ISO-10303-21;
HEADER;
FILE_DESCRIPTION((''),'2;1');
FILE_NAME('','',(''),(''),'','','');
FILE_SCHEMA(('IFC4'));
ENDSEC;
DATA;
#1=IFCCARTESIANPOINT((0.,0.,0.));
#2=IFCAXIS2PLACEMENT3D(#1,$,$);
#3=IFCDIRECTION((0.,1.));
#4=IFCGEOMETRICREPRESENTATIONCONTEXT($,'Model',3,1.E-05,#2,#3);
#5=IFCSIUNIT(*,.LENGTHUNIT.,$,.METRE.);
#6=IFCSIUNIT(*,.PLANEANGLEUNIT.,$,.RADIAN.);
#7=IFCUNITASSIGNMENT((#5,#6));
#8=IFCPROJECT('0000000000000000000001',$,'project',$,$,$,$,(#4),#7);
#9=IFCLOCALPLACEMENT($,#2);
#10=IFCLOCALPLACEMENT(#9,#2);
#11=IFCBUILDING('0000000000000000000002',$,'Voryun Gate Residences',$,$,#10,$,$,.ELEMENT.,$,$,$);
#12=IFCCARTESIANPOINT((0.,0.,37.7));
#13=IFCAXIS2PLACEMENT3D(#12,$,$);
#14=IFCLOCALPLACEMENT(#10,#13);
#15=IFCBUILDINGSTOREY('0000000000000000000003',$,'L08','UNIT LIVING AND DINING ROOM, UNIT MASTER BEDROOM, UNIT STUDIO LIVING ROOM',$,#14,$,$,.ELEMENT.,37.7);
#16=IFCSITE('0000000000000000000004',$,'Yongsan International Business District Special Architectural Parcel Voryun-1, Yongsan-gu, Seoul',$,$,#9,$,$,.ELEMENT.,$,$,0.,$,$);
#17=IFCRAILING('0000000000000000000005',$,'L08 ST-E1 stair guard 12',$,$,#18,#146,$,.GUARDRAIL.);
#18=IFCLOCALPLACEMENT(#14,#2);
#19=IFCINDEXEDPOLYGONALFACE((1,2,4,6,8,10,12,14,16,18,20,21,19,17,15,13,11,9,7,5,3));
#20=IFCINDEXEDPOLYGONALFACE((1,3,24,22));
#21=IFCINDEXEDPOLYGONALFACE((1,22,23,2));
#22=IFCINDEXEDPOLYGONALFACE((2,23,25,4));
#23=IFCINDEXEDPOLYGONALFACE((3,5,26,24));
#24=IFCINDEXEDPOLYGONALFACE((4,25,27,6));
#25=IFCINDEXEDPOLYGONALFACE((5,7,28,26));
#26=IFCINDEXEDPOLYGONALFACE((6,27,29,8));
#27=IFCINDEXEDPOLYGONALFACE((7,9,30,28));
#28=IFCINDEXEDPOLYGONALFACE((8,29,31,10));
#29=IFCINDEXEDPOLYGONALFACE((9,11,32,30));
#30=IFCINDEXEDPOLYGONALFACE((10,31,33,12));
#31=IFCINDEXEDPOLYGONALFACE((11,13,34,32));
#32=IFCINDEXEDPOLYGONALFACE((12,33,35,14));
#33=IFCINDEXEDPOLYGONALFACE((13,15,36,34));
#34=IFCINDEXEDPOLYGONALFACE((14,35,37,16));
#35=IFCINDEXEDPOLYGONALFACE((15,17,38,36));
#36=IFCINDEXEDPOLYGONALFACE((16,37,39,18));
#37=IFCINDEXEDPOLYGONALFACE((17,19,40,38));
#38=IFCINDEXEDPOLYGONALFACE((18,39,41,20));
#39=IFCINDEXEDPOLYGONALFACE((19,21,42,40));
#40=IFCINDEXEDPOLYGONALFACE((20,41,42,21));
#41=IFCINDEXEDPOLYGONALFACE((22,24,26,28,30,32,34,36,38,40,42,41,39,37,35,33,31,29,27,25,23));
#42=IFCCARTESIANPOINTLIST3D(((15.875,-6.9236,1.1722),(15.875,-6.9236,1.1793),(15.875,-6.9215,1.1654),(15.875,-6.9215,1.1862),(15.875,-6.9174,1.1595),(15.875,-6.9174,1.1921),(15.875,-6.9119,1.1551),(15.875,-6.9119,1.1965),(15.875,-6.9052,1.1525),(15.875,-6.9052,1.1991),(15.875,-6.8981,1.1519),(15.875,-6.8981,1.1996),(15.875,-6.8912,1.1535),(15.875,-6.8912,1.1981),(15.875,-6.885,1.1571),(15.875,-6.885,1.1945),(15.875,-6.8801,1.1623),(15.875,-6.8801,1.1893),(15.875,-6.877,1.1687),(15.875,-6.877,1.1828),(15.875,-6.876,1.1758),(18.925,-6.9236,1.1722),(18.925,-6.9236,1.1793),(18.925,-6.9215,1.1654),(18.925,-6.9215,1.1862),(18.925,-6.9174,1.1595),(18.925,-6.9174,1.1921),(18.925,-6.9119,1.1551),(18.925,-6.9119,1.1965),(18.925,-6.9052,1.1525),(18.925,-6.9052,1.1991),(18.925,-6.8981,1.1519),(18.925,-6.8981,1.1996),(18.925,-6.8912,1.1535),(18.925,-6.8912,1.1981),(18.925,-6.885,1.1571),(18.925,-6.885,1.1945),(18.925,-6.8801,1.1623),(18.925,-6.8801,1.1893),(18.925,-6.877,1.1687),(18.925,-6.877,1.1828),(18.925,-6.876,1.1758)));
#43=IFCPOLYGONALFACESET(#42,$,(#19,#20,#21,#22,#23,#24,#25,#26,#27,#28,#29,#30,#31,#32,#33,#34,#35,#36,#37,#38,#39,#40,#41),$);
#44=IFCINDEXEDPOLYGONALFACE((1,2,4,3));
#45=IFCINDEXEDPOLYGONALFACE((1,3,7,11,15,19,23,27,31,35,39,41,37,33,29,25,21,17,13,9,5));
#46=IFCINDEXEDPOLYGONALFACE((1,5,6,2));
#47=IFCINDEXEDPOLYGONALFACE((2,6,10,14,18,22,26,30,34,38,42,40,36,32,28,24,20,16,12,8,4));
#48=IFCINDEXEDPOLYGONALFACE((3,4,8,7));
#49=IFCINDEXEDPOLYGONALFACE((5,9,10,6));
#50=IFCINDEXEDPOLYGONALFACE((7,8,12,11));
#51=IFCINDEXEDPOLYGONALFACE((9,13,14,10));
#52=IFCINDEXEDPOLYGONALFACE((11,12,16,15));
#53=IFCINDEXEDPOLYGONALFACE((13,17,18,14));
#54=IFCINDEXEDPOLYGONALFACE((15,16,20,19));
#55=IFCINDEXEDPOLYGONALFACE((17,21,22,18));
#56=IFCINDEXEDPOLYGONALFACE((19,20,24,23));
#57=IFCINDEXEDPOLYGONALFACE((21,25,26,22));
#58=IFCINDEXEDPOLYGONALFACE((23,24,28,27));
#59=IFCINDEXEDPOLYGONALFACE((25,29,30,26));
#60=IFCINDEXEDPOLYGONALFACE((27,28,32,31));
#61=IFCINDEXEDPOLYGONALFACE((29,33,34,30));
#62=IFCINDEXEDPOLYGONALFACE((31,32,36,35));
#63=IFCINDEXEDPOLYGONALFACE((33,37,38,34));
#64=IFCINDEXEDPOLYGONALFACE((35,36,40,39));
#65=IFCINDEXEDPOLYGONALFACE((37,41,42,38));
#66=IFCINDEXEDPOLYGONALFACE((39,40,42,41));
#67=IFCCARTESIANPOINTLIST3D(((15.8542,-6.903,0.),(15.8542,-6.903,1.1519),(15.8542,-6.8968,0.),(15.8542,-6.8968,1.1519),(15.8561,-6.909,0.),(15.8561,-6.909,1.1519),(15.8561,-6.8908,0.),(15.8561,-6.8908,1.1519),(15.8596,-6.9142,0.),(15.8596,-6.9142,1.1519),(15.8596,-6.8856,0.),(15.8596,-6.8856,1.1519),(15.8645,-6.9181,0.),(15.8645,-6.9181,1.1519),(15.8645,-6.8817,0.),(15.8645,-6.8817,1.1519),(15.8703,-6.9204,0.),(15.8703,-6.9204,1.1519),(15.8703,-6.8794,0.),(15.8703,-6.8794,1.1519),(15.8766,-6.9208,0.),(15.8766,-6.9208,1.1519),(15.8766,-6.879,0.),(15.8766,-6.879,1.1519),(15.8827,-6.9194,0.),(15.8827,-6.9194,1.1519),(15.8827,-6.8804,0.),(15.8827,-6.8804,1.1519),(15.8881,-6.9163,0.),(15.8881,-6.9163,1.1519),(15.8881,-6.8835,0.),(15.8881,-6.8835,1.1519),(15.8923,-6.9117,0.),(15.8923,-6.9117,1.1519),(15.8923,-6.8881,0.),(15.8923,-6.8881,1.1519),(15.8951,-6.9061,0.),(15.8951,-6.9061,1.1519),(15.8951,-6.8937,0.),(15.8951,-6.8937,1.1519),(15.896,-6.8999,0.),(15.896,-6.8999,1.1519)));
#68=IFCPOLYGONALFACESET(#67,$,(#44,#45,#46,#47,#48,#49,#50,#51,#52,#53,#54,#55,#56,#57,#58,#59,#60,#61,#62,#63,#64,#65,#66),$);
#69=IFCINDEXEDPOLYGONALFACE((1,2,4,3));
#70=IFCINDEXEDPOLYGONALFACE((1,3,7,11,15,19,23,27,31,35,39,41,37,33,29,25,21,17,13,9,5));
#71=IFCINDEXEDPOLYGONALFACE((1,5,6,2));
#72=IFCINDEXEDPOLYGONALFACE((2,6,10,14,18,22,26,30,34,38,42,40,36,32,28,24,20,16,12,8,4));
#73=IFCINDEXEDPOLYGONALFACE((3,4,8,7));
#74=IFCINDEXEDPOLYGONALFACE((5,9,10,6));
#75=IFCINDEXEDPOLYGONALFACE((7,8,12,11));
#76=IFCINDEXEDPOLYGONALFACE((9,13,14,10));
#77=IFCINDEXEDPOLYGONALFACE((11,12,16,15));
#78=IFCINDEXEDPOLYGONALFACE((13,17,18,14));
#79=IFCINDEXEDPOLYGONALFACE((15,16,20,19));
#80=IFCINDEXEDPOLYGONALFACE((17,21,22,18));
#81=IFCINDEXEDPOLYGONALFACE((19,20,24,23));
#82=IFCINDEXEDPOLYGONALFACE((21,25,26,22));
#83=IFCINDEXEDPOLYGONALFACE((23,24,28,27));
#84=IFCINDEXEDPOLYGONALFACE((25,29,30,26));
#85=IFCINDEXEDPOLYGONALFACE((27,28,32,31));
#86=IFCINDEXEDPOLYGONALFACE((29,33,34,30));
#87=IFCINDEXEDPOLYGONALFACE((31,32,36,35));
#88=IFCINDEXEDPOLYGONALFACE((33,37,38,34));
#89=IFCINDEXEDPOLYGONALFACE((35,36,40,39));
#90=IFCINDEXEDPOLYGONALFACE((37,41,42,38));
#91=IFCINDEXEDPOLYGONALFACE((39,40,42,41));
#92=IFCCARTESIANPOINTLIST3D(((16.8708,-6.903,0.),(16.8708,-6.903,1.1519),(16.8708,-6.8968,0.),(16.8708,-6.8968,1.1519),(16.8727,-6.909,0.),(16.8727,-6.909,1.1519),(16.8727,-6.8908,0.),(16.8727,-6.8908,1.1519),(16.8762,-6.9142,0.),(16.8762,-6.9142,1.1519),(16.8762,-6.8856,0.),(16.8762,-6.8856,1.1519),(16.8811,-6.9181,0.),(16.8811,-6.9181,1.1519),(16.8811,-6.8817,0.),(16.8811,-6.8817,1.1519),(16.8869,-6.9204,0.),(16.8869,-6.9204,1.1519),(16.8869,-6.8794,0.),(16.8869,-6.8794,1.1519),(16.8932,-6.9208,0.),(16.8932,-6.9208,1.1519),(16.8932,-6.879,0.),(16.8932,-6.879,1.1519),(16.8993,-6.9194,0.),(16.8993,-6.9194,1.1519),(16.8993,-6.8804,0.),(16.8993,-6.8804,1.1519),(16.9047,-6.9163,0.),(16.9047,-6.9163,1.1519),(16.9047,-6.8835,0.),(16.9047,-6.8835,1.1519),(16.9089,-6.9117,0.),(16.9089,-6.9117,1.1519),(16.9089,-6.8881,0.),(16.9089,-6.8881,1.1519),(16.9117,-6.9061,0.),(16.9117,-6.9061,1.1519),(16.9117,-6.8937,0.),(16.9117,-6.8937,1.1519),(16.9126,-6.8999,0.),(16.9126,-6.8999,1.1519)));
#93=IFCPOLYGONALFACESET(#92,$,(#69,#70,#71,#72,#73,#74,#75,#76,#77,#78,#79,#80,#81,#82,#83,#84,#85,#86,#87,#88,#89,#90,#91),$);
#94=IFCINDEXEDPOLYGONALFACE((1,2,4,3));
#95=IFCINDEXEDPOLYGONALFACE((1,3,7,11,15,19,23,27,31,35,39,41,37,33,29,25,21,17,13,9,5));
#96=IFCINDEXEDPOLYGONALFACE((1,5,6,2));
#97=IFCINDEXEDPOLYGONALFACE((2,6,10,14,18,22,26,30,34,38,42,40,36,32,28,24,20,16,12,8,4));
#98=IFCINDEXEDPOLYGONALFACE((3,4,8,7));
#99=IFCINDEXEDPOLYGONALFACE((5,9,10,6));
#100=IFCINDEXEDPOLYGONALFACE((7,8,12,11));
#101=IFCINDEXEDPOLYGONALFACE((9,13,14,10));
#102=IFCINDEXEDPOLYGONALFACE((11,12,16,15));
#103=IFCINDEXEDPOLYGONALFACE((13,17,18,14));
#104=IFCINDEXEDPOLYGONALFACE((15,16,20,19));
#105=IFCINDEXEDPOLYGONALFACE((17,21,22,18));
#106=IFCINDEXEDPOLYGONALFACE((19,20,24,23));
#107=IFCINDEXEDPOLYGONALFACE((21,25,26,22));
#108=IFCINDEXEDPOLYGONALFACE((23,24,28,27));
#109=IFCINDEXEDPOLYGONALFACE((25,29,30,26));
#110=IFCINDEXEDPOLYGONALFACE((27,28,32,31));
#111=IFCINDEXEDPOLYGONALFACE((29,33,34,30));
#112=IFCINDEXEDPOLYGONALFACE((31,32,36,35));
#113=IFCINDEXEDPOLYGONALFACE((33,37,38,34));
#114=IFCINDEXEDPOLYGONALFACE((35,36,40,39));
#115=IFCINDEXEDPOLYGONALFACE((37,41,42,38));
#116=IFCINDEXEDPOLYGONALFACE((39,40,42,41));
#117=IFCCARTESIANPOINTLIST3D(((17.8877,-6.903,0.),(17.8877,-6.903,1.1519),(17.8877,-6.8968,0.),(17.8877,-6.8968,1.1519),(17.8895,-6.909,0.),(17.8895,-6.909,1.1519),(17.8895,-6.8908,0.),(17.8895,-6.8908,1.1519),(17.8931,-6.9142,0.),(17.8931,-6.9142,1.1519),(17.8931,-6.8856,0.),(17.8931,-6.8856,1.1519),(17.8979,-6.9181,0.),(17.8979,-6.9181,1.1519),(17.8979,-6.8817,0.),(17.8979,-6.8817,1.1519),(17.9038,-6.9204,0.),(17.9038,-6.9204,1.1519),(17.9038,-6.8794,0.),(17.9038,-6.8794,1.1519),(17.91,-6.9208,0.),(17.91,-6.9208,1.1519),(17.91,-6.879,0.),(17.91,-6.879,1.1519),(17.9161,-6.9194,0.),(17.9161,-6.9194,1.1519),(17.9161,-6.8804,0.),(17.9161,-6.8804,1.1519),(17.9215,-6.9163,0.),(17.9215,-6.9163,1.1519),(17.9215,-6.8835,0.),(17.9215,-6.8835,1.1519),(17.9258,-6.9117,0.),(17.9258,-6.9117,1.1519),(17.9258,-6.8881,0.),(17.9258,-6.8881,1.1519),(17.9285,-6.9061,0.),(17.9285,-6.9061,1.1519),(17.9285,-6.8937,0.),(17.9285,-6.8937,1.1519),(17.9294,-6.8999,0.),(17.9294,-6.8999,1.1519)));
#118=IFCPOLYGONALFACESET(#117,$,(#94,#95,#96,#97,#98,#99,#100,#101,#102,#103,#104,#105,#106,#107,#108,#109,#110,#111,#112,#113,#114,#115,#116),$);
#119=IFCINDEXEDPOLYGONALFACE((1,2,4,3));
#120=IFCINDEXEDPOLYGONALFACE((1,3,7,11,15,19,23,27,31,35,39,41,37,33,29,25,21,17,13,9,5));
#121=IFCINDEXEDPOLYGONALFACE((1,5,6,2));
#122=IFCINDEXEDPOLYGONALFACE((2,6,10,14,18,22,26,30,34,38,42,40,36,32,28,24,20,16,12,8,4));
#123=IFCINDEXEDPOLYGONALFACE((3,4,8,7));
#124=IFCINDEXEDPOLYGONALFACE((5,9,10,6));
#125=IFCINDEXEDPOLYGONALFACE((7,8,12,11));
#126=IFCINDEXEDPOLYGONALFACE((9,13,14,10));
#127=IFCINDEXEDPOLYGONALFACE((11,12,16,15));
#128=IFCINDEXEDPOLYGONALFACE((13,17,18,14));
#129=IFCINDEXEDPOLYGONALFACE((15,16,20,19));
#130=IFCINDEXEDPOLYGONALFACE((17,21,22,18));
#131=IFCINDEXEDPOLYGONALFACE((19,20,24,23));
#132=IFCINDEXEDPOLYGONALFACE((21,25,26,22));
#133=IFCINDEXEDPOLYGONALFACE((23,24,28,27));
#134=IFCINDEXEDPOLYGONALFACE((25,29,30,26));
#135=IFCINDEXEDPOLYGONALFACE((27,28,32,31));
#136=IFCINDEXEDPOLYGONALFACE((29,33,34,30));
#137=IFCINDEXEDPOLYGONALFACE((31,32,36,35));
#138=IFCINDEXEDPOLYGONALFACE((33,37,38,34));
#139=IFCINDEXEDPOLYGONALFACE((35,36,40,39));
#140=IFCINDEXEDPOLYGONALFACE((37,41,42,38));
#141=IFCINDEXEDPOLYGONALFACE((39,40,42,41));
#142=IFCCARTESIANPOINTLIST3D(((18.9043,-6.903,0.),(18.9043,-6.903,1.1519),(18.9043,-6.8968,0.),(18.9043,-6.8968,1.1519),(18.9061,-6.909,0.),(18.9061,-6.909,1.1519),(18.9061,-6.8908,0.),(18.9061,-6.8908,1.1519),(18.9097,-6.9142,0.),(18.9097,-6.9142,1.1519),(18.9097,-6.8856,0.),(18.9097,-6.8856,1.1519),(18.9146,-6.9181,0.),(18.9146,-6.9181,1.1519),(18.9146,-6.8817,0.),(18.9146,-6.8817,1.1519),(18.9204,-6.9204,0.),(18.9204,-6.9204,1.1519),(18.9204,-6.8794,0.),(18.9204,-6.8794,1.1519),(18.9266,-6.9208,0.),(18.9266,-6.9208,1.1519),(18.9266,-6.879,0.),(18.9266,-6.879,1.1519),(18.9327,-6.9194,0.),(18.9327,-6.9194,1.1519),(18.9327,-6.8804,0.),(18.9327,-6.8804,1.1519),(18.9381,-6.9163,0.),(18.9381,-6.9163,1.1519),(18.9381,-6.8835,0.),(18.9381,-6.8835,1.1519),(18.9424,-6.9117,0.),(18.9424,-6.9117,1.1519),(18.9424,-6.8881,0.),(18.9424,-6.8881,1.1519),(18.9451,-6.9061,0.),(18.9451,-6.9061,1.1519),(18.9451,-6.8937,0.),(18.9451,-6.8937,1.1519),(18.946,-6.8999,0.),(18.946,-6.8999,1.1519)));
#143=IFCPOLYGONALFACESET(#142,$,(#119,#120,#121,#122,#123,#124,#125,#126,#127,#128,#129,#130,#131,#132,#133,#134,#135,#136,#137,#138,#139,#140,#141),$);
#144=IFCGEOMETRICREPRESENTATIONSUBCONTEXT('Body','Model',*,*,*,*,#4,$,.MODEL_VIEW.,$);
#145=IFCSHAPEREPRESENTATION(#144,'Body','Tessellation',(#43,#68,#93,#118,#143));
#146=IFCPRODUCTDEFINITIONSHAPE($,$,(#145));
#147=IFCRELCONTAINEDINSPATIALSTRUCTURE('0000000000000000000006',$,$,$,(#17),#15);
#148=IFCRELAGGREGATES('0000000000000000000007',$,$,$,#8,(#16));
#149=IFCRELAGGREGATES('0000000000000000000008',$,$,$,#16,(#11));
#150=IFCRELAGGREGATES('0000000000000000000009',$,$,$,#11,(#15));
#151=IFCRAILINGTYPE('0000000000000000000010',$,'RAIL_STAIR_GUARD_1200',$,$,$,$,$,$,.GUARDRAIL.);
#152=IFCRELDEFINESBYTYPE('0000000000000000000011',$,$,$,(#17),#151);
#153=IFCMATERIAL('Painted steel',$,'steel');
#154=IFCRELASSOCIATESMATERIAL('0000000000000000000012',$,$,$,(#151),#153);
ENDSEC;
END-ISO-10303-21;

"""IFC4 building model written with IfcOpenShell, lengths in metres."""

from ifc_helpers import new_model, si_unit, direction, frame, origin, origin_2d, place, context, subcontext, project, spatial, circle, extrude, material, type_object, element, save


model = new_model("IFC4")

# Units and contexts
model_context = context("Model", 3, precision=1e-05, world=origin(), true_north=direction((0.0, 1.0)))
body_context = subcontext(model_context, "Body", "Model", "MODEL_VIEW")
ifc_project = project(units=[si_unit("LENGTHUNIT", "METRE"), si_unit("PLANEANGLEUNIT", "RADIAN")], contexts=[model_context])

# Site, building, storey
site_placement = place(None, origin())
site = spatial("IfcSite", under=ifc_project, at=site_placement, Name="Yongsan International Business District Special Architectural Parcel Voryun-1, Yongsan-gu, Seoul", CompositionType="ELEMENT", RefElevation=0.0)
building_placement = place(site_placement, origin())
building = spatial("IfcBuilding", under=site, at=building_placement, Name="Voryun Gate Residences", CompositionType="ELEMENT")
storey_placement = place(building_placement, frame((0.0, 0.0, 37.7)))
storey = spatial("IfcBuildingStorey", under=building, at=storey_placement, Name="L08", Description="UNIT LIVING AND DINING ROOM, UNIT MASTER BEDROOM, UNIT STUDIO LIVING ROOM", CompositionType="ELEMENT", Elevation=37.7)

# Railing
ifc_material_1 = material(Name="Painted steel", Category="steel")
railing_type_1 = type_object("IfcRailingType", Name="RAIL_STAIR_GUARD_1200", PredefinedType="GUARDRAIL", material=ifc_material_1)
railing_1_placement = place(storey_placement, frame((15.875, -6.8999, 0.0)))
element("IfcRailing", 1, at=railing_1_placement, inside=storey, type_object=railing_type_1, Name="L08 ST-E1 stair guard 12", PredefinedType="GUARDRAIL", context=body_context, shape_type="SweptSolid", body=[
    extrude(circle(Radius=0.0239, at=origin_2d()), frame((0.0, 0.0, 1.1758), z_axis=(1.0, 0.0, 0.0), x_axis=(0.0, 1.0, 0.0)), (0.0, 0.0, 1.0), 3.05),
    extrude(circle(Radius=0.021, at=origin_2d()), origin(), (0.0, 0.0, 1.0), 1.1519),
    extrude(circle(Radius=0.021, at=origin_2d()), frame((1.0166, 0.0, 0.0)), (0.0, 0.0, 1.0), 1.1519),
    extrude(circle(Radius=0.021, at=origin_2d()), frame((2.0334, 0.0, 0.0)), (0.0, 0.0, 1.0), 1.1519),
    extrude(circle(Radius=0.021, at=origin_2d()), frame((3.05, 0.0, 0.0)), (0.0, 0.0, 1.0), 1.1519),
])

save(model, "model.ifc")
